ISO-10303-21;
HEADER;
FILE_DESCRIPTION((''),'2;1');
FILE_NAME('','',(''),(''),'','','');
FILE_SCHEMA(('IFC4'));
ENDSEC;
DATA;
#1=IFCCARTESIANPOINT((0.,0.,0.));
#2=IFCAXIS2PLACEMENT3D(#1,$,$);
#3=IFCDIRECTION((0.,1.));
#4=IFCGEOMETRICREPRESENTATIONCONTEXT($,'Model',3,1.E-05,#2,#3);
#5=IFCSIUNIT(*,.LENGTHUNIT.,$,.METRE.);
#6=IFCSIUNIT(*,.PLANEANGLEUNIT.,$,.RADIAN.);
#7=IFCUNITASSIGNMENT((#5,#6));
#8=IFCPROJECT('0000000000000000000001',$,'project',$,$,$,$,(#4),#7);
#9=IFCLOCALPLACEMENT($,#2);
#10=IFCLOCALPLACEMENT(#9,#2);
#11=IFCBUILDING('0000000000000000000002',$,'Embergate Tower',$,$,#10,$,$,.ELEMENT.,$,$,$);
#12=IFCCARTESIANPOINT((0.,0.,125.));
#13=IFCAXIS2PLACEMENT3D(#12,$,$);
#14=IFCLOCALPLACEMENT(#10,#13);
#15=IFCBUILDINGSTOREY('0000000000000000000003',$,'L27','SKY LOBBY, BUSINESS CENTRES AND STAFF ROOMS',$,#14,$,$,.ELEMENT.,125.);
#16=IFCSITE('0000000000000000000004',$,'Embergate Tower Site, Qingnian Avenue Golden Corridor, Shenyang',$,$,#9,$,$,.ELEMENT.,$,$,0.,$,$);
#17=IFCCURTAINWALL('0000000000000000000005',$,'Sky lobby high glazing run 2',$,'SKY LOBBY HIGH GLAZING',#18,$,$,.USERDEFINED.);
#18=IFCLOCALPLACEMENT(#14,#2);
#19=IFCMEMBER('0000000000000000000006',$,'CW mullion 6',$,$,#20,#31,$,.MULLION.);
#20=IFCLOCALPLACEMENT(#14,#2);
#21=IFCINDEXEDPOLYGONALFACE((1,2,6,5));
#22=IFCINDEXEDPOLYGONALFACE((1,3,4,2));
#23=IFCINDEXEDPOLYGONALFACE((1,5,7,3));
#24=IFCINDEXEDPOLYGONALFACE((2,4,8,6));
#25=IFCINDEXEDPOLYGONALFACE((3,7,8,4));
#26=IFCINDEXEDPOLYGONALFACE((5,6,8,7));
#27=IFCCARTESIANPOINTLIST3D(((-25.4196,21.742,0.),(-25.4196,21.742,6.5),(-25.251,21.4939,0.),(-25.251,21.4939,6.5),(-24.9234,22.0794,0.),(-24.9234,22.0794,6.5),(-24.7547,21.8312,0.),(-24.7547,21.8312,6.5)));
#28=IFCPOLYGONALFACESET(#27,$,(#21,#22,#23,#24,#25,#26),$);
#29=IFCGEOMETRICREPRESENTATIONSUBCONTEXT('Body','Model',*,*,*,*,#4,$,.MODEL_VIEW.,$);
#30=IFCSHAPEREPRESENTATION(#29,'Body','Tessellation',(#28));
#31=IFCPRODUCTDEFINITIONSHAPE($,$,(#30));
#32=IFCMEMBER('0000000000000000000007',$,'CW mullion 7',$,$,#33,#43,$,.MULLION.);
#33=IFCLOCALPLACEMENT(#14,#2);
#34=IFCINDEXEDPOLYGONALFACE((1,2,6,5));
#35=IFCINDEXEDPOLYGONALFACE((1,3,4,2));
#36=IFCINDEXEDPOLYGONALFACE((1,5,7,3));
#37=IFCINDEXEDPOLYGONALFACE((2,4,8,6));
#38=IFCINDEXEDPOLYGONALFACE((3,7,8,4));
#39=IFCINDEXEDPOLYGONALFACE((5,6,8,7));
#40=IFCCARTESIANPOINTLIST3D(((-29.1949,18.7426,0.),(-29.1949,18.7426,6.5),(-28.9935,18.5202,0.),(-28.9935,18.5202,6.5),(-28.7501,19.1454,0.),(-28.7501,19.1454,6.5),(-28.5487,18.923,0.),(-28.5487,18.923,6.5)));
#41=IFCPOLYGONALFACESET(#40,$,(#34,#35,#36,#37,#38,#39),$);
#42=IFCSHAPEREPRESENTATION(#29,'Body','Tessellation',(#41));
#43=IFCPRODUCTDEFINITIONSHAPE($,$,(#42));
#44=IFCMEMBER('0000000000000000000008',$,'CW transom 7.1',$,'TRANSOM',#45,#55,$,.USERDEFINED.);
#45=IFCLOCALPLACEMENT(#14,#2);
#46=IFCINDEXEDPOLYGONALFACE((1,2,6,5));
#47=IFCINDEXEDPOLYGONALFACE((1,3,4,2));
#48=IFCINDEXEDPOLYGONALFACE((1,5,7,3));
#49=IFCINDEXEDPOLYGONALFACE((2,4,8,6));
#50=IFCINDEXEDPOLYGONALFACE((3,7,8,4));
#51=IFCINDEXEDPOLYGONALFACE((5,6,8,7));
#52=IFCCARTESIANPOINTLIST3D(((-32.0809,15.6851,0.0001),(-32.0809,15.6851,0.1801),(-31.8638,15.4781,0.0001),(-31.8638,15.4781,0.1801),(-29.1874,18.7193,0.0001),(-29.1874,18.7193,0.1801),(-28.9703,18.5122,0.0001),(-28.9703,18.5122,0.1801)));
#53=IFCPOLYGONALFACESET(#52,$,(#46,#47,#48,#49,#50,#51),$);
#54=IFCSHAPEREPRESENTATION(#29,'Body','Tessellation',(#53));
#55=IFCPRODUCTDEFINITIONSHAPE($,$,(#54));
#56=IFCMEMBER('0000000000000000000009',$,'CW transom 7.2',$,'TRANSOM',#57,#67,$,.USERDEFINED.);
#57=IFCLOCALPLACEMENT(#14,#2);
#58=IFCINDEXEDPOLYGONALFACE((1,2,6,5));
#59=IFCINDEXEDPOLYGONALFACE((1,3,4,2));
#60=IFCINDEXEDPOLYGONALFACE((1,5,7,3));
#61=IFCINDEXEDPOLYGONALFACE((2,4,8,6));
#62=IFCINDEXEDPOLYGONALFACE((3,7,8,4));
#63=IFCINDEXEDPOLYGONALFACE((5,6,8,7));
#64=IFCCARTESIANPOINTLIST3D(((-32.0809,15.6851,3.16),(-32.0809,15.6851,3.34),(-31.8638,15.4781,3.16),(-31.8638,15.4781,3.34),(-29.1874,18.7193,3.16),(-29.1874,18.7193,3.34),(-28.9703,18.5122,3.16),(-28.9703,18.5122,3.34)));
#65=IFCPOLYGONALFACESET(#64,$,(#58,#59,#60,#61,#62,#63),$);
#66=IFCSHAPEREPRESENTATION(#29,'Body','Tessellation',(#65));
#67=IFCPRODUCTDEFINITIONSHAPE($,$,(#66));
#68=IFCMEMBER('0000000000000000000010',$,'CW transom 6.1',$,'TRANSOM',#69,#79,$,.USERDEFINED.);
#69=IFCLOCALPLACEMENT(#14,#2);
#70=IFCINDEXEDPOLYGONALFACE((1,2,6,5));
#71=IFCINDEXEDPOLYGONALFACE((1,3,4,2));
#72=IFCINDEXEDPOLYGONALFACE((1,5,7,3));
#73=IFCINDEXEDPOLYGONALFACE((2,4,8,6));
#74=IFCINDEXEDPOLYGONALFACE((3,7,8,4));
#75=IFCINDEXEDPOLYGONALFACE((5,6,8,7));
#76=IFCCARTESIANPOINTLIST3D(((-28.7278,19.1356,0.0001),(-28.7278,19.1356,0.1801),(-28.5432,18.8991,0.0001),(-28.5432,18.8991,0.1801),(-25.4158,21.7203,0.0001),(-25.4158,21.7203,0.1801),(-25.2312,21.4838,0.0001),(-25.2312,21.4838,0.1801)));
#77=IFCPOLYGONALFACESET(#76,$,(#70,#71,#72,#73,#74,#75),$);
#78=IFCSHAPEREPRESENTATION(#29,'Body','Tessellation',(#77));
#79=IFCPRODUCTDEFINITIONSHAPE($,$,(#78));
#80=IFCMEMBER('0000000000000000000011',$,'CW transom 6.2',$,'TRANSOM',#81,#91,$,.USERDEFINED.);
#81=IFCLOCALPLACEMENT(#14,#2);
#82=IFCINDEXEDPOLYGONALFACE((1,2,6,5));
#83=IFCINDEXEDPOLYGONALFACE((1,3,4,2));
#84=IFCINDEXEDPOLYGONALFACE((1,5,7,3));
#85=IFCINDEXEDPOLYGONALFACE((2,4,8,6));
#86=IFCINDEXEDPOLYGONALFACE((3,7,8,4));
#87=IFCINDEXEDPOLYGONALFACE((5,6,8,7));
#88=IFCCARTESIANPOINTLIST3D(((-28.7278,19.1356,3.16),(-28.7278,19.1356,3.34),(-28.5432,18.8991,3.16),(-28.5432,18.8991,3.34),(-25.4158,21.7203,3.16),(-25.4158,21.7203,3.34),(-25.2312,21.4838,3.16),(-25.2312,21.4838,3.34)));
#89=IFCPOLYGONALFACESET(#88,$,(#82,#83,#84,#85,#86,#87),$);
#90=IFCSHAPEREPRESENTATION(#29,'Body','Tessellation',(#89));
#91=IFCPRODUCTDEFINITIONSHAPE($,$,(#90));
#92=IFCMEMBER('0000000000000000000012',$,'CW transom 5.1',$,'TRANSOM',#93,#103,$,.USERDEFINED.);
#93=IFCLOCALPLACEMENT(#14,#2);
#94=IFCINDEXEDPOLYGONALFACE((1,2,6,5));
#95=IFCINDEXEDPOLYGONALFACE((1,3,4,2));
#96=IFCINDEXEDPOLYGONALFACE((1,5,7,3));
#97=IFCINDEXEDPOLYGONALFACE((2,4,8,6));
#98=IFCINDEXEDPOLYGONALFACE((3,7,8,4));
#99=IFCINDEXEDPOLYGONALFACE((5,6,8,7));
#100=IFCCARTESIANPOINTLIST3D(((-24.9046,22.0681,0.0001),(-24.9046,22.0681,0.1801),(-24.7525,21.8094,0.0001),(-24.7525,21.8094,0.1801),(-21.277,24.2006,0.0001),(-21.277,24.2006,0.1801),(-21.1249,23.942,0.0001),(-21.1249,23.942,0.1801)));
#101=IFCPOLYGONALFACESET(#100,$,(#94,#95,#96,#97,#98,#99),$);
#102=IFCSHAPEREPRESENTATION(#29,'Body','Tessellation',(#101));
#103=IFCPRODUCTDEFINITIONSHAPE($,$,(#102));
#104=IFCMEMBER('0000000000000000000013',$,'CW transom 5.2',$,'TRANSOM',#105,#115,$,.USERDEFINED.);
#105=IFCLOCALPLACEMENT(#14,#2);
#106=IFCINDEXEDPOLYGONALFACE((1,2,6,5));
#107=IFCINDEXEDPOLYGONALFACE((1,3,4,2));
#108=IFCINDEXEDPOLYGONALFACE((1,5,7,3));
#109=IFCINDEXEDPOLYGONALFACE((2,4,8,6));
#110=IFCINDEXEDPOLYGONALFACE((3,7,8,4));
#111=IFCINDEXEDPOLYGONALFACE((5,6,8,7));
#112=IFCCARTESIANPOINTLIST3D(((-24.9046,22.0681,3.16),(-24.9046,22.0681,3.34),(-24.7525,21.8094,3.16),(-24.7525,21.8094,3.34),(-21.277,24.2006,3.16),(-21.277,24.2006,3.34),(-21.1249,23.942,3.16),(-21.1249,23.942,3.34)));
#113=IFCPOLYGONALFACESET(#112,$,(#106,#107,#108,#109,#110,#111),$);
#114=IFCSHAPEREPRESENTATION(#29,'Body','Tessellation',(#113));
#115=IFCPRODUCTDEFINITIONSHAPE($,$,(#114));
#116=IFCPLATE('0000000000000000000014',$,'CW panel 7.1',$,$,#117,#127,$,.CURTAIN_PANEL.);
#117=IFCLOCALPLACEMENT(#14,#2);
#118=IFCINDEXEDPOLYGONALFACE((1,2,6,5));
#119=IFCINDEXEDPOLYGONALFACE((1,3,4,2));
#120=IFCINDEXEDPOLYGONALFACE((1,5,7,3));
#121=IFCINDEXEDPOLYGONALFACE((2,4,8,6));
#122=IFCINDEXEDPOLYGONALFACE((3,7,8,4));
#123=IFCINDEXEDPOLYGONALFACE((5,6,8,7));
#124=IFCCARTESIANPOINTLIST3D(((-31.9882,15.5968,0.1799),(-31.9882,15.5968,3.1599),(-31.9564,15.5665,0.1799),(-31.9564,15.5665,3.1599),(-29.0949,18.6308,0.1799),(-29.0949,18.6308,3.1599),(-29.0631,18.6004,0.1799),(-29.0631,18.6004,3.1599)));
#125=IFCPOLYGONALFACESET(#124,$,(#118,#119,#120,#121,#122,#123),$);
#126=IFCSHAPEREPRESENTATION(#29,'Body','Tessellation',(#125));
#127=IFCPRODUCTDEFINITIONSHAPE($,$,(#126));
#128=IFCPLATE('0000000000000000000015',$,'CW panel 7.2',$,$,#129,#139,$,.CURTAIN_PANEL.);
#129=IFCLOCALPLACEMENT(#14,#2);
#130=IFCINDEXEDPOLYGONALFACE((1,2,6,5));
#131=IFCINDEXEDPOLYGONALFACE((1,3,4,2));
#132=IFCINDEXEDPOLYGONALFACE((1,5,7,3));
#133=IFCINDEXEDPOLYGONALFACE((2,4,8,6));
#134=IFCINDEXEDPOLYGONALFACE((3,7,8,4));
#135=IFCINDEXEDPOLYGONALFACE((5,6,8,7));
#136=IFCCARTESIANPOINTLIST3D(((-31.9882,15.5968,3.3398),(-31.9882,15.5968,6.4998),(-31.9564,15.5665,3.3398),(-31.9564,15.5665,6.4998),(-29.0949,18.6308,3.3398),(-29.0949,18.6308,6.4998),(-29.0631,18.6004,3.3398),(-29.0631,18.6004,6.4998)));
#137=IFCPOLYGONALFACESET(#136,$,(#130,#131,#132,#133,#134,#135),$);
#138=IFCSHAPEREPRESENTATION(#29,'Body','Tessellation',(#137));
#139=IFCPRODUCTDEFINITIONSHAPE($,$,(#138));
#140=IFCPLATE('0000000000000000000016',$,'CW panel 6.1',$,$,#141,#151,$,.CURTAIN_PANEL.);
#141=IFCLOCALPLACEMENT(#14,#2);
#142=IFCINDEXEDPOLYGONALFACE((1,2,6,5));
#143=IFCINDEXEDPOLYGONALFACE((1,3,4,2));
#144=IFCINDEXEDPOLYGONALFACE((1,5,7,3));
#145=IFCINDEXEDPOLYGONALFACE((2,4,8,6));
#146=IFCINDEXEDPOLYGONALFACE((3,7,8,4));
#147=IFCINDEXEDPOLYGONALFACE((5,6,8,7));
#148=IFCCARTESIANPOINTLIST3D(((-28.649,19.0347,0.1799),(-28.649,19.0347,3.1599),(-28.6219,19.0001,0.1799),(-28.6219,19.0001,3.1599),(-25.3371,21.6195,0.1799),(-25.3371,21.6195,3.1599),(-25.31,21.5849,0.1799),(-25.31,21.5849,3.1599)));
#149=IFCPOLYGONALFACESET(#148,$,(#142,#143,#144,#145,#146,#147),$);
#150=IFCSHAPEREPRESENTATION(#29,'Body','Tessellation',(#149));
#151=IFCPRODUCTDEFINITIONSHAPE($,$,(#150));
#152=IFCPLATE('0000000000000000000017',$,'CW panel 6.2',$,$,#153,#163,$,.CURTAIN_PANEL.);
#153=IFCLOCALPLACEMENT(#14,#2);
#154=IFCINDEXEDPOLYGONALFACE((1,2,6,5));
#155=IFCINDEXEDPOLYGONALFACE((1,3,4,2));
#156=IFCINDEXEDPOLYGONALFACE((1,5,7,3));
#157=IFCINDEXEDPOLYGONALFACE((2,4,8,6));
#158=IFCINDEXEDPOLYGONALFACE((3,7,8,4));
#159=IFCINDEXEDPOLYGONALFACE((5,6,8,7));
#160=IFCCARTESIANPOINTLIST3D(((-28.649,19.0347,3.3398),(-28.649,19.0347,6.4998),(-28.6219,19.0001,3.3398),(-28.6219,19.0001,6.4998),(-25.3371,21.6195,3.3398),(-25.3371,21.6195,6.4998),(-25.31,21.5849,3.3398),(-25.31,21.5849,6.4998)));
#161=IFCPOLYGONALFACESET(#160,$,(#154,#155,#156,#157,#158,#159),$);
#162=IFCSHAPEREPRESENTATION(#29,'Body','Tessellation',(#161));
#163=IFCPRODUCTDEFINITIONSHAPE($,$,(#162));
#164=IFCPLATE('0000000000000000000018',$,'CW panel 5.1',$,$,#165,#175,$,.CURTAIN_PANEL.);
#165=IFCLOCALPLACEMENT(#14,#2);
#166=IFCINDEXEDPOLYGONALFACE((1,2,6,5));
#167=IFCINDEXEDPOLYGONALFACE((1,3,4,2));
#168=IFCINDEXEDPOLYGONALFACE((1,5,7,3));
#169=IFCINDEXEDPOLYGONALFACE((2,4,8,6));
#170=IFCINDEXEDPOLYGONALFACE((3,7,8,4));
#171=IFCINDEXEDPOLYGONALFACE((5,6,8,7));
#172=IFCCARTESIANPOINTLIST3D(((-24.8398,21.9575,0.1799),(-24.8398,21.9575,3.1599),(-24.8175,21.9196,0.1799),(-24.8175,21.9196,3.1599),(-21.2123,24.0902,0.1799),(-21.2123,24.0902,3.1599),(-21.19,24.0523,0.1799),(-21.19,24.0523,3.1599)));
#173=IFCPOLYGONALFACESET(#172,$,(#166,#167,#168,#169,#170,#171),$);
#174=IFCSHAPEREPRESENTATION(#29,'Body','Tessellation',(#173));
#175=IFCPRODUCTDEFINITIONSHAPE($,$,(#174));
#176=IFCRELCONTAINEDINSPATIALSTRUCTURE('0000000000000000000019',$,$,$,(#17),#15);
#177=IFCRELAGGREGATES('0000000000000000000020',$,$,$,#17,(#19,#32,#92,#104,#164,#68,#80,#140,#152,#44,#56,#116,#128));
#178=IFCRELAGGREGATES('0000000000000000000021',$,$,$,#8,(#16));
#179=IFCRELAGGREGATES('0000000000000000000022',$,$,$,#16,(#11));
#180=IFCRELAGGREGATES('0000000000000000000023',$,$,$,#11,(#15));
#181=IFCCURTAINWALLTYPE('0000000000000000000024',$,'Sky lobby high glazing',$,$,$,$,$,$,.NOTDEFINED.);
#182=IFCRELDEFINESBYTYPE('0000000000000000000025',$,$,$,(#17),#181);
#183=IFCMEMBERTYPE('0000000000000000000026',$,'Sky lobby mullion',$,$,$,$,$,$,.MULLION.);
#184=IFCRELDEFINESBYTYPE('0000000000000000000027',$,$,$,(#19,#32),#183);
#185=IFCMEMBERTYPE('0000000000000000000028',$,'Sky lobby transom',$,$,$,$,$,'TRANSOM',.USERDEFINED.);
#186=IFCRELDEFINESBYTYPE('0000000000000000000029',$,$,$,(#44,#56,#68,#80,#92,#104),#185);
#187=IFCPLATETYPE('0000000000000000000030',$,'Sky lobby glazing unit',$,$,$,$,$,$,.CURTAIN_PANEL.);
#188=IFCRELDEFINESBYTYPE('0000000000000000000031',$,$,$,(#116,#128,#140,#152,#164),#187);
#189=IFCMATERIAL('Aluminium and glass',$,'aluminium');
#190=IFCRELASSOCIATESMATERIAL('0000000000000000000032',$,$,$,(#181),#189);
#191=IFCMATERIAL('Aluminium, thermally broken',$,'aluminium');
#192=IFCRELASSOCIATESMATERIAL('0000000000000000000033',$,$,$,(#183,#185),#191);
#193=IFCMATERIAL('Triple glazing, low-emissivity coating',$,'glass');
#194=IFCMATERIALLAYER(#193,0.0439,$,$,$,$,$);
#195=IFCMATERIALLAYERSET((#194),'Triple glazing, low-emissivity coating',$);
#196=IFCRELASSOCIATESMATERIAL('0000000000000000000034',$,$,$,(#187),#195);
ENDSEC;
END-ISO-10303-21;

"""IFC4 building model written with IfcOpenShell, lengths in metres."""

from ifc_helpers import new_model, si_unit, direction, frame, origin, origin_2d, place, context, subcontext, project, spatial, rectangle, extrude, source, transform, mapped, material, layer, layer_set, material_profile, profile_set, type_object, element, aggregate, save


model = new_model("IFC4")

# Units and contexts
model_context = context("Model", 3, precision=1e-05, world=origin(), true_north=direction((0.0, 1.0)))
body_context = subcontext(model_context, "Body", "Model", "MODEL_VIEW")
ifc_project = project(units=[si_unit("LENGTHUNIT", "METRE"), si_unit("PLANEANGLEUNIT", "RADIAN")], contexts=[model_context])

# Site, building, storey
site_placement = place(None, origin())
site = spatial("IfcSite", under=ifc_project, at=site_placement, Name="Embergate Tower Site, Qingnian Avenue Golden Corridor, Shenyang", CompositionType="ELEMENT", RefElevation=0.0)
building_placement = place(site_placement, origin())
building = spatial("IfcBuilding", under=site, at=building_placement, Name="Embergate Tower", CompositionType="ELEMENT")
storey_placement = place(building_placement, frame((0.0, 0.0, 125.0)))
storey = spatial("IfcBuildingStorey", under=building, at=storey_placement, Name="L27", Description="SKY LOBBY, BUSINESS CENTRES AND STAFF ROOMS", CompositionType="ELEMENT", Elevation=125.0)

# Curtain wall, members, plates
ifc_material_1 = material(Name="Aluminium and glass", Category="aluminium")
curtain_wall_type = type_object("IfcCurtainWallType", Name="Sky lobby high glazing", PredefinedType="NOTDEFINED", material=ifc_material_1)
curtain_wall_placement = place(storey_placement, origin())
curtain_wall = element("IfcCurtainWall", 1, at=curtain_wall_placement, inside=storey, type_object=curtain_wall_type, Name="Sky lobby high glazing run 2", ObjectType="SKY LOBBY HIGH GLAZING", PredefinedType="USERDEFINED")
ifc_material_2 = material(Name="Aluminium, thermally broken", Category="aluminium")
ifc_material_profile_1 = material_profile(ifc_material_2, rectangle(XDim=0.3, YDim=0.6001, at=origin_2d()), Name="AL 600x300")
ifc_profile_set_1 = profile_set([ifc_material_profile_1], Name="Aluminium, thermally broken")
member_type_1 = type_object("IfcMemberType", Name="Sky lobby mullion", PredefinedType="MULLION", material=ifc_profile_set_1)
shared_shape_1 = source(origin(), body_context, "Body", "SweptSolid", [
    extrude(rectangle(XDim=0.3, YDim=0.6001, at=origin_2d()), origin(), (0.0, 0.0, 1.0), 6.5),
])
member_1_placement = place(storey_placement, frame((-25.0872, 21.7866, 0.0), z_axis=(0.0, 0.0, 1.0), x_axis=(0.562209, -0.826995, 0.0)))
member_1 = element("IfcMember", 2, at=member_1_placement, type_object=member_type_1, Name="CW mullion 6", PredefinedType="MULLION", context=body_context, shape_type="MappedRepresentation", body=[
    mapped(shared_shape_1, transform((0.0, 0.0, 0.0))),
])
member_2_placement = place(storey_placement, frame((-28.8718, 18.8328, 0.0), z_axis=(0.0, 0.0, 1.0), x_axis=(0.671219, -0.741259, 0.0)))
member_2 = element("IfcMember", 3, at=member_2_placement, type_object=member_type_1, Name="CW mullion 7", PredefinedType="MULLION", context=body_context, shape_type="MappedRepresentation", body=[
    mapped(shared_shape_1, transform((0.0, 0.0, 0.0))),
])
ifc_material_profile_2 = material_profile(ifc_material_2, rectangle(XDim=0.3, YDim=0.1799, at=origin_2d()), Name="AL 180x300")
ifc_profile_set_2 = profile_set([ifc_material_profile_2], Name="Aluminium, thermally broken")
member_type_2 = type_object("IfcMemberType", Name="Sky lobby transom", ElementType="TRANSOM", PredefinedType="USERDEFINED", material=ifc_profile_set_2)
shared_shape_2 = source(origin(), body_context, "Body", "SweptSolid", [
    extrude(rectangle(XDim=0.3, YDim=0.1799, at=origin_2d()), origin(), (0.0, 0.0, 1.0), 4.1926),
])
member_3_placement = place(storey_placement, frame((-29.0789, 18.6157, 0.0901), z_axis=(-0.690138, -0.723678, 0.0), x_axis=(0.723678, -0.690138, 0.0)))
member_3 = element("IfcMember", 4, at=member_3_placement, type_object=member_type_2, Name="CW transom 7.1", ObjectType="TRANSOM", PredefinedType="USERDEFINED", context=body_context, shape_type="MappedRepresentation", body=[
    mapped(shared_shape_2, transform((0.0, 0.0, 0.0))),
])
member_4_placement = place(storey_placement, frame((-29.0789, 18.6157, 3.25), z_axis=(-0.690138, -0.723678, 0.0), x_axis=(0.723678, -0.690138, 0.0)))
member_4 = element("IfcMember", 5, at=member_4_placement, type_object=member_type_2, Name="CW transom 7.2", ObjectType="TRANSOM", PredefinedType="USERDEFINED", context=body_context, shape_type="MappedRepresentation", body=[
    mapped(shared_shape_2, transform((0.0, 0.0, 0.0))),
])
shared_shape_3 = source(origin(), body_context, "Body", "SweptSolid", [
    extrude(rectangle(XDim=0.3, YDim=0.1799, at=origin_2d()), origin(), (0.0, 0.0, 1.0), 4.2012),
])
member_5_placement = place(storey_placement, frame((-25.3235, 21.6021, 0.0901), z_axis=(-0.788347, -0.615231, 0.0), x_axis=(0.615231, -0.788347, 0.0)))
member_5 = element("IfcMember", 6, at=member_5_placement, type_object=member_type_2, Name="CW transom 6.1", ObjectType="TRANSOM", PredefinedType="USERDEFINED", context=body_context, shape_type="MappedRepresentation", body=[
    mapped(shared_shape_3, transform((0.0, 0.0, 0.0))),
])
member_6_placement = place(storey_placement, frame((-25.3235, 21.6021, 3.25), z_axis=(-0.788347, -0.615231, 0.0), x_axis=(0.615231, -0.788347, 0.0)))
member_6 = element("IfcMember", 7, at=member_6_placement, type_object=member_type_2, Name="CW transom 6.2", ObjectType="TRANSOM", PredefinedType="USERDEFINED", context=body_context, shape_type="MappedRepresentation", body=[
    mapped(shared_shape_3, transform((0.0, 0.0, 0.0))),
])
shared_shape_4 = source(origin(), body_context, "Body", "SweptSolid", [
    extrude(rectangle(XDim=0.3, YDim=0.1799, at=origin_2d()), origin(), (0.0, 0.0, 1.0), 4.208),
])
member_7_placement = place(storey_placement, frame((-21.2009, 24.0713, 0.0901), z_axis=(-0.862076, -0.506779, 0.0), x_axis=(0.506779, -0.862076, 0.0)))
member_7 = element("IfcMember", 8, at=member_7_placement, type_object=member_type_2, Name="CW transom 5.1", ObjectType="TRANSOM", PredefinedType="USERDEFINED", context=body_context, shape_type="MappedRepresentation", body=[
    mapped(shared_shape_4, transform((0.0, 0.0, 0.0))),
])
member_8_placement = place(storey_placement, frame((-21.2009, 24.0713, 3.25), z_axis=(-0.862076, -0.506779, 0.0), x_axis=(0.506779, -0.862076, 0.0)))
member_8 = element("IfcMember", 9, at=member_8_placement, type_object=member_type_2, Name="CW transom 5.2", ObjectType="TRANSOM", PredefinedType="USERDEFINED", context=body_context, shape_type="MappedRepresentation", body=[
    mapped(shared_shape_4, transform((0.0, 0.0, 0.0))),
])
ifc_material_3 = material(Name="Triple glazing, low-emissivity coating", Category="glass")
ifc_layer_1 = layer(ifc_material_3, 0.0439)
ifc_layer_set_1 = layer_set([ifc_layer_1], Name="Triple glazing, low-emissivity coating")
plate_type = type_object("IfcPlateType", Name="Sky lobby glazing unit", PredefinedType="CURTAIN_PANEL", material=ifc_layer_set_1)
shared_shape_5 = source(origin(), body_context, "Body", "SweptSolid", [
    extrude(rectangle(XDim=4.1924, YDim=0.0439, at=origin_2d()), origin(), (0.0, 0.0, 1.0), 2.98),
])
plate_1_placement = place(storey_placement, frame((-30.5256, 17.0986, 0.1799), z_axis=(0.0, 0.0, 1.0), x_axis=(-0.690139, -0.723677, 0.0)))
plate_1 = element("IfcPlate", 10, at=plate_1_placement, type_object=plate_type, Name="CW panel 7.1", PredefinedType="CURTAIN_PANEL", context=body_context, shape_type="MappedRepresentation", body=[
    mapped(shared_shape_5, transform((0.0, 0.0, 0.0))),
])
shared_shape_6 = source(origin(), body_context, "Body", "SweptSolid", [
    extrude(rectangle(XDim=4.1924, YDim=0.0439, at=origin_2d()), origin(), (0.0, 0.0, 1.0), 3.1599),
])
plate_2_placement = place(storey_placement, frame((-30.5256, 17.0986, 3.3398), z_axis=(0.0, 0.0, 1.0), x_axis=(-0.690139, -0.723677, 0.0)))
plate_2 = element("IfcPlate", 11, at=plate_2_placement, type_object=plate_type, Name="CW panel 7.2", PredefinedType="CURTAIN_PANEL", context=body_context, shape_type="MappedRepresentation", body=[
    mapped(shared_shape_6, transform((0.0, 0.0, 0.0))),
])
shared_shape_7 = source(origin(), body_context, "Body", "SweptSolid", [
    extrude(rectangle(XDim=4.2012, YDim=0.0439, at=origin_2d()), origin(), (0.0, 0.0, 1.0), 2.98),
])
plate_3_placement = place(storey_placement, frame((-26.9795, 20.3098, 0.1799), z_axis=(0.0, 0.0, 1.0), x_axis=(-0.788323, -0.615261, 0.0)))
plate_3 = element("IfcPlate", 12, at=plate_3_placement, type_object=plate_type, Name="CW panel 6.1", PredefinedType="CURTAIN_PANEL", context=body_context, shape_type="MappedRepresentation", body=[
    mapped(shared_shape_7, transform((0.0, 0.0, 0.0))),
])
shared_shape_8 = source(origin(), body_context, "Body", "SweptSolid", [
    extrude(rectangle(XDim=4.2012, YDim=0.0439, at=origin_2d()), origin(), (0.0, 0.0, 1.0), 3.1599),
])
plate_4_placement = place(storey_placement, frame((-26.9795, 20.3098, 3.3398), z_axis=(0.0, 0.0, 1.0), x_axis=(-0.788323, -0.615261, 0.0)))
plate_4 = element("IfcPlate", 13, at=plate_4_placement, type_object=plate_type, Name="CW panel 6.2", PredefinedType="CURTAIN_PANEL", context=body_context, shape_type="MappedRepresentation", body=[
    mapped(shared_shape_8, transform((0.0, 0.0, 0.0))),
])
shared_shape_9 = source(origin(), body_context, "Body", "SweptSolid", [
    extrude(rectangle(XDim=4.208, YDim=0.0439, at=origin_2d()), origin(), (0.0, 0.0, 1.0), 2.98),
])
plate_5_placement = place(storey_placement, frame((-23.0149, 23.0049, 0.1799), z_axis=(0.0, 0.0, 1.0), x_axis=(-0.862055, -0.506815, 0.0)))
plate_5 = element("IfcPlate", 14, at=plate_5_placement, type_object=plate_type, Name="CW panel 5.1", PredefinedType="CURTAIN_PANEL", context=body_context, shape_type="MappedRepresentation", body=[
    mapped(shared_shape_9, transform((0.0, 0.0, 0.0))),
])
aggregate(curtain_wall, [member_1, member_2, member_7, member_8, plate_5, member_5, member_6, plate_3, plate_4, member_3, member_4, plate_1, plate_2])

save(model, "model.ifc")
